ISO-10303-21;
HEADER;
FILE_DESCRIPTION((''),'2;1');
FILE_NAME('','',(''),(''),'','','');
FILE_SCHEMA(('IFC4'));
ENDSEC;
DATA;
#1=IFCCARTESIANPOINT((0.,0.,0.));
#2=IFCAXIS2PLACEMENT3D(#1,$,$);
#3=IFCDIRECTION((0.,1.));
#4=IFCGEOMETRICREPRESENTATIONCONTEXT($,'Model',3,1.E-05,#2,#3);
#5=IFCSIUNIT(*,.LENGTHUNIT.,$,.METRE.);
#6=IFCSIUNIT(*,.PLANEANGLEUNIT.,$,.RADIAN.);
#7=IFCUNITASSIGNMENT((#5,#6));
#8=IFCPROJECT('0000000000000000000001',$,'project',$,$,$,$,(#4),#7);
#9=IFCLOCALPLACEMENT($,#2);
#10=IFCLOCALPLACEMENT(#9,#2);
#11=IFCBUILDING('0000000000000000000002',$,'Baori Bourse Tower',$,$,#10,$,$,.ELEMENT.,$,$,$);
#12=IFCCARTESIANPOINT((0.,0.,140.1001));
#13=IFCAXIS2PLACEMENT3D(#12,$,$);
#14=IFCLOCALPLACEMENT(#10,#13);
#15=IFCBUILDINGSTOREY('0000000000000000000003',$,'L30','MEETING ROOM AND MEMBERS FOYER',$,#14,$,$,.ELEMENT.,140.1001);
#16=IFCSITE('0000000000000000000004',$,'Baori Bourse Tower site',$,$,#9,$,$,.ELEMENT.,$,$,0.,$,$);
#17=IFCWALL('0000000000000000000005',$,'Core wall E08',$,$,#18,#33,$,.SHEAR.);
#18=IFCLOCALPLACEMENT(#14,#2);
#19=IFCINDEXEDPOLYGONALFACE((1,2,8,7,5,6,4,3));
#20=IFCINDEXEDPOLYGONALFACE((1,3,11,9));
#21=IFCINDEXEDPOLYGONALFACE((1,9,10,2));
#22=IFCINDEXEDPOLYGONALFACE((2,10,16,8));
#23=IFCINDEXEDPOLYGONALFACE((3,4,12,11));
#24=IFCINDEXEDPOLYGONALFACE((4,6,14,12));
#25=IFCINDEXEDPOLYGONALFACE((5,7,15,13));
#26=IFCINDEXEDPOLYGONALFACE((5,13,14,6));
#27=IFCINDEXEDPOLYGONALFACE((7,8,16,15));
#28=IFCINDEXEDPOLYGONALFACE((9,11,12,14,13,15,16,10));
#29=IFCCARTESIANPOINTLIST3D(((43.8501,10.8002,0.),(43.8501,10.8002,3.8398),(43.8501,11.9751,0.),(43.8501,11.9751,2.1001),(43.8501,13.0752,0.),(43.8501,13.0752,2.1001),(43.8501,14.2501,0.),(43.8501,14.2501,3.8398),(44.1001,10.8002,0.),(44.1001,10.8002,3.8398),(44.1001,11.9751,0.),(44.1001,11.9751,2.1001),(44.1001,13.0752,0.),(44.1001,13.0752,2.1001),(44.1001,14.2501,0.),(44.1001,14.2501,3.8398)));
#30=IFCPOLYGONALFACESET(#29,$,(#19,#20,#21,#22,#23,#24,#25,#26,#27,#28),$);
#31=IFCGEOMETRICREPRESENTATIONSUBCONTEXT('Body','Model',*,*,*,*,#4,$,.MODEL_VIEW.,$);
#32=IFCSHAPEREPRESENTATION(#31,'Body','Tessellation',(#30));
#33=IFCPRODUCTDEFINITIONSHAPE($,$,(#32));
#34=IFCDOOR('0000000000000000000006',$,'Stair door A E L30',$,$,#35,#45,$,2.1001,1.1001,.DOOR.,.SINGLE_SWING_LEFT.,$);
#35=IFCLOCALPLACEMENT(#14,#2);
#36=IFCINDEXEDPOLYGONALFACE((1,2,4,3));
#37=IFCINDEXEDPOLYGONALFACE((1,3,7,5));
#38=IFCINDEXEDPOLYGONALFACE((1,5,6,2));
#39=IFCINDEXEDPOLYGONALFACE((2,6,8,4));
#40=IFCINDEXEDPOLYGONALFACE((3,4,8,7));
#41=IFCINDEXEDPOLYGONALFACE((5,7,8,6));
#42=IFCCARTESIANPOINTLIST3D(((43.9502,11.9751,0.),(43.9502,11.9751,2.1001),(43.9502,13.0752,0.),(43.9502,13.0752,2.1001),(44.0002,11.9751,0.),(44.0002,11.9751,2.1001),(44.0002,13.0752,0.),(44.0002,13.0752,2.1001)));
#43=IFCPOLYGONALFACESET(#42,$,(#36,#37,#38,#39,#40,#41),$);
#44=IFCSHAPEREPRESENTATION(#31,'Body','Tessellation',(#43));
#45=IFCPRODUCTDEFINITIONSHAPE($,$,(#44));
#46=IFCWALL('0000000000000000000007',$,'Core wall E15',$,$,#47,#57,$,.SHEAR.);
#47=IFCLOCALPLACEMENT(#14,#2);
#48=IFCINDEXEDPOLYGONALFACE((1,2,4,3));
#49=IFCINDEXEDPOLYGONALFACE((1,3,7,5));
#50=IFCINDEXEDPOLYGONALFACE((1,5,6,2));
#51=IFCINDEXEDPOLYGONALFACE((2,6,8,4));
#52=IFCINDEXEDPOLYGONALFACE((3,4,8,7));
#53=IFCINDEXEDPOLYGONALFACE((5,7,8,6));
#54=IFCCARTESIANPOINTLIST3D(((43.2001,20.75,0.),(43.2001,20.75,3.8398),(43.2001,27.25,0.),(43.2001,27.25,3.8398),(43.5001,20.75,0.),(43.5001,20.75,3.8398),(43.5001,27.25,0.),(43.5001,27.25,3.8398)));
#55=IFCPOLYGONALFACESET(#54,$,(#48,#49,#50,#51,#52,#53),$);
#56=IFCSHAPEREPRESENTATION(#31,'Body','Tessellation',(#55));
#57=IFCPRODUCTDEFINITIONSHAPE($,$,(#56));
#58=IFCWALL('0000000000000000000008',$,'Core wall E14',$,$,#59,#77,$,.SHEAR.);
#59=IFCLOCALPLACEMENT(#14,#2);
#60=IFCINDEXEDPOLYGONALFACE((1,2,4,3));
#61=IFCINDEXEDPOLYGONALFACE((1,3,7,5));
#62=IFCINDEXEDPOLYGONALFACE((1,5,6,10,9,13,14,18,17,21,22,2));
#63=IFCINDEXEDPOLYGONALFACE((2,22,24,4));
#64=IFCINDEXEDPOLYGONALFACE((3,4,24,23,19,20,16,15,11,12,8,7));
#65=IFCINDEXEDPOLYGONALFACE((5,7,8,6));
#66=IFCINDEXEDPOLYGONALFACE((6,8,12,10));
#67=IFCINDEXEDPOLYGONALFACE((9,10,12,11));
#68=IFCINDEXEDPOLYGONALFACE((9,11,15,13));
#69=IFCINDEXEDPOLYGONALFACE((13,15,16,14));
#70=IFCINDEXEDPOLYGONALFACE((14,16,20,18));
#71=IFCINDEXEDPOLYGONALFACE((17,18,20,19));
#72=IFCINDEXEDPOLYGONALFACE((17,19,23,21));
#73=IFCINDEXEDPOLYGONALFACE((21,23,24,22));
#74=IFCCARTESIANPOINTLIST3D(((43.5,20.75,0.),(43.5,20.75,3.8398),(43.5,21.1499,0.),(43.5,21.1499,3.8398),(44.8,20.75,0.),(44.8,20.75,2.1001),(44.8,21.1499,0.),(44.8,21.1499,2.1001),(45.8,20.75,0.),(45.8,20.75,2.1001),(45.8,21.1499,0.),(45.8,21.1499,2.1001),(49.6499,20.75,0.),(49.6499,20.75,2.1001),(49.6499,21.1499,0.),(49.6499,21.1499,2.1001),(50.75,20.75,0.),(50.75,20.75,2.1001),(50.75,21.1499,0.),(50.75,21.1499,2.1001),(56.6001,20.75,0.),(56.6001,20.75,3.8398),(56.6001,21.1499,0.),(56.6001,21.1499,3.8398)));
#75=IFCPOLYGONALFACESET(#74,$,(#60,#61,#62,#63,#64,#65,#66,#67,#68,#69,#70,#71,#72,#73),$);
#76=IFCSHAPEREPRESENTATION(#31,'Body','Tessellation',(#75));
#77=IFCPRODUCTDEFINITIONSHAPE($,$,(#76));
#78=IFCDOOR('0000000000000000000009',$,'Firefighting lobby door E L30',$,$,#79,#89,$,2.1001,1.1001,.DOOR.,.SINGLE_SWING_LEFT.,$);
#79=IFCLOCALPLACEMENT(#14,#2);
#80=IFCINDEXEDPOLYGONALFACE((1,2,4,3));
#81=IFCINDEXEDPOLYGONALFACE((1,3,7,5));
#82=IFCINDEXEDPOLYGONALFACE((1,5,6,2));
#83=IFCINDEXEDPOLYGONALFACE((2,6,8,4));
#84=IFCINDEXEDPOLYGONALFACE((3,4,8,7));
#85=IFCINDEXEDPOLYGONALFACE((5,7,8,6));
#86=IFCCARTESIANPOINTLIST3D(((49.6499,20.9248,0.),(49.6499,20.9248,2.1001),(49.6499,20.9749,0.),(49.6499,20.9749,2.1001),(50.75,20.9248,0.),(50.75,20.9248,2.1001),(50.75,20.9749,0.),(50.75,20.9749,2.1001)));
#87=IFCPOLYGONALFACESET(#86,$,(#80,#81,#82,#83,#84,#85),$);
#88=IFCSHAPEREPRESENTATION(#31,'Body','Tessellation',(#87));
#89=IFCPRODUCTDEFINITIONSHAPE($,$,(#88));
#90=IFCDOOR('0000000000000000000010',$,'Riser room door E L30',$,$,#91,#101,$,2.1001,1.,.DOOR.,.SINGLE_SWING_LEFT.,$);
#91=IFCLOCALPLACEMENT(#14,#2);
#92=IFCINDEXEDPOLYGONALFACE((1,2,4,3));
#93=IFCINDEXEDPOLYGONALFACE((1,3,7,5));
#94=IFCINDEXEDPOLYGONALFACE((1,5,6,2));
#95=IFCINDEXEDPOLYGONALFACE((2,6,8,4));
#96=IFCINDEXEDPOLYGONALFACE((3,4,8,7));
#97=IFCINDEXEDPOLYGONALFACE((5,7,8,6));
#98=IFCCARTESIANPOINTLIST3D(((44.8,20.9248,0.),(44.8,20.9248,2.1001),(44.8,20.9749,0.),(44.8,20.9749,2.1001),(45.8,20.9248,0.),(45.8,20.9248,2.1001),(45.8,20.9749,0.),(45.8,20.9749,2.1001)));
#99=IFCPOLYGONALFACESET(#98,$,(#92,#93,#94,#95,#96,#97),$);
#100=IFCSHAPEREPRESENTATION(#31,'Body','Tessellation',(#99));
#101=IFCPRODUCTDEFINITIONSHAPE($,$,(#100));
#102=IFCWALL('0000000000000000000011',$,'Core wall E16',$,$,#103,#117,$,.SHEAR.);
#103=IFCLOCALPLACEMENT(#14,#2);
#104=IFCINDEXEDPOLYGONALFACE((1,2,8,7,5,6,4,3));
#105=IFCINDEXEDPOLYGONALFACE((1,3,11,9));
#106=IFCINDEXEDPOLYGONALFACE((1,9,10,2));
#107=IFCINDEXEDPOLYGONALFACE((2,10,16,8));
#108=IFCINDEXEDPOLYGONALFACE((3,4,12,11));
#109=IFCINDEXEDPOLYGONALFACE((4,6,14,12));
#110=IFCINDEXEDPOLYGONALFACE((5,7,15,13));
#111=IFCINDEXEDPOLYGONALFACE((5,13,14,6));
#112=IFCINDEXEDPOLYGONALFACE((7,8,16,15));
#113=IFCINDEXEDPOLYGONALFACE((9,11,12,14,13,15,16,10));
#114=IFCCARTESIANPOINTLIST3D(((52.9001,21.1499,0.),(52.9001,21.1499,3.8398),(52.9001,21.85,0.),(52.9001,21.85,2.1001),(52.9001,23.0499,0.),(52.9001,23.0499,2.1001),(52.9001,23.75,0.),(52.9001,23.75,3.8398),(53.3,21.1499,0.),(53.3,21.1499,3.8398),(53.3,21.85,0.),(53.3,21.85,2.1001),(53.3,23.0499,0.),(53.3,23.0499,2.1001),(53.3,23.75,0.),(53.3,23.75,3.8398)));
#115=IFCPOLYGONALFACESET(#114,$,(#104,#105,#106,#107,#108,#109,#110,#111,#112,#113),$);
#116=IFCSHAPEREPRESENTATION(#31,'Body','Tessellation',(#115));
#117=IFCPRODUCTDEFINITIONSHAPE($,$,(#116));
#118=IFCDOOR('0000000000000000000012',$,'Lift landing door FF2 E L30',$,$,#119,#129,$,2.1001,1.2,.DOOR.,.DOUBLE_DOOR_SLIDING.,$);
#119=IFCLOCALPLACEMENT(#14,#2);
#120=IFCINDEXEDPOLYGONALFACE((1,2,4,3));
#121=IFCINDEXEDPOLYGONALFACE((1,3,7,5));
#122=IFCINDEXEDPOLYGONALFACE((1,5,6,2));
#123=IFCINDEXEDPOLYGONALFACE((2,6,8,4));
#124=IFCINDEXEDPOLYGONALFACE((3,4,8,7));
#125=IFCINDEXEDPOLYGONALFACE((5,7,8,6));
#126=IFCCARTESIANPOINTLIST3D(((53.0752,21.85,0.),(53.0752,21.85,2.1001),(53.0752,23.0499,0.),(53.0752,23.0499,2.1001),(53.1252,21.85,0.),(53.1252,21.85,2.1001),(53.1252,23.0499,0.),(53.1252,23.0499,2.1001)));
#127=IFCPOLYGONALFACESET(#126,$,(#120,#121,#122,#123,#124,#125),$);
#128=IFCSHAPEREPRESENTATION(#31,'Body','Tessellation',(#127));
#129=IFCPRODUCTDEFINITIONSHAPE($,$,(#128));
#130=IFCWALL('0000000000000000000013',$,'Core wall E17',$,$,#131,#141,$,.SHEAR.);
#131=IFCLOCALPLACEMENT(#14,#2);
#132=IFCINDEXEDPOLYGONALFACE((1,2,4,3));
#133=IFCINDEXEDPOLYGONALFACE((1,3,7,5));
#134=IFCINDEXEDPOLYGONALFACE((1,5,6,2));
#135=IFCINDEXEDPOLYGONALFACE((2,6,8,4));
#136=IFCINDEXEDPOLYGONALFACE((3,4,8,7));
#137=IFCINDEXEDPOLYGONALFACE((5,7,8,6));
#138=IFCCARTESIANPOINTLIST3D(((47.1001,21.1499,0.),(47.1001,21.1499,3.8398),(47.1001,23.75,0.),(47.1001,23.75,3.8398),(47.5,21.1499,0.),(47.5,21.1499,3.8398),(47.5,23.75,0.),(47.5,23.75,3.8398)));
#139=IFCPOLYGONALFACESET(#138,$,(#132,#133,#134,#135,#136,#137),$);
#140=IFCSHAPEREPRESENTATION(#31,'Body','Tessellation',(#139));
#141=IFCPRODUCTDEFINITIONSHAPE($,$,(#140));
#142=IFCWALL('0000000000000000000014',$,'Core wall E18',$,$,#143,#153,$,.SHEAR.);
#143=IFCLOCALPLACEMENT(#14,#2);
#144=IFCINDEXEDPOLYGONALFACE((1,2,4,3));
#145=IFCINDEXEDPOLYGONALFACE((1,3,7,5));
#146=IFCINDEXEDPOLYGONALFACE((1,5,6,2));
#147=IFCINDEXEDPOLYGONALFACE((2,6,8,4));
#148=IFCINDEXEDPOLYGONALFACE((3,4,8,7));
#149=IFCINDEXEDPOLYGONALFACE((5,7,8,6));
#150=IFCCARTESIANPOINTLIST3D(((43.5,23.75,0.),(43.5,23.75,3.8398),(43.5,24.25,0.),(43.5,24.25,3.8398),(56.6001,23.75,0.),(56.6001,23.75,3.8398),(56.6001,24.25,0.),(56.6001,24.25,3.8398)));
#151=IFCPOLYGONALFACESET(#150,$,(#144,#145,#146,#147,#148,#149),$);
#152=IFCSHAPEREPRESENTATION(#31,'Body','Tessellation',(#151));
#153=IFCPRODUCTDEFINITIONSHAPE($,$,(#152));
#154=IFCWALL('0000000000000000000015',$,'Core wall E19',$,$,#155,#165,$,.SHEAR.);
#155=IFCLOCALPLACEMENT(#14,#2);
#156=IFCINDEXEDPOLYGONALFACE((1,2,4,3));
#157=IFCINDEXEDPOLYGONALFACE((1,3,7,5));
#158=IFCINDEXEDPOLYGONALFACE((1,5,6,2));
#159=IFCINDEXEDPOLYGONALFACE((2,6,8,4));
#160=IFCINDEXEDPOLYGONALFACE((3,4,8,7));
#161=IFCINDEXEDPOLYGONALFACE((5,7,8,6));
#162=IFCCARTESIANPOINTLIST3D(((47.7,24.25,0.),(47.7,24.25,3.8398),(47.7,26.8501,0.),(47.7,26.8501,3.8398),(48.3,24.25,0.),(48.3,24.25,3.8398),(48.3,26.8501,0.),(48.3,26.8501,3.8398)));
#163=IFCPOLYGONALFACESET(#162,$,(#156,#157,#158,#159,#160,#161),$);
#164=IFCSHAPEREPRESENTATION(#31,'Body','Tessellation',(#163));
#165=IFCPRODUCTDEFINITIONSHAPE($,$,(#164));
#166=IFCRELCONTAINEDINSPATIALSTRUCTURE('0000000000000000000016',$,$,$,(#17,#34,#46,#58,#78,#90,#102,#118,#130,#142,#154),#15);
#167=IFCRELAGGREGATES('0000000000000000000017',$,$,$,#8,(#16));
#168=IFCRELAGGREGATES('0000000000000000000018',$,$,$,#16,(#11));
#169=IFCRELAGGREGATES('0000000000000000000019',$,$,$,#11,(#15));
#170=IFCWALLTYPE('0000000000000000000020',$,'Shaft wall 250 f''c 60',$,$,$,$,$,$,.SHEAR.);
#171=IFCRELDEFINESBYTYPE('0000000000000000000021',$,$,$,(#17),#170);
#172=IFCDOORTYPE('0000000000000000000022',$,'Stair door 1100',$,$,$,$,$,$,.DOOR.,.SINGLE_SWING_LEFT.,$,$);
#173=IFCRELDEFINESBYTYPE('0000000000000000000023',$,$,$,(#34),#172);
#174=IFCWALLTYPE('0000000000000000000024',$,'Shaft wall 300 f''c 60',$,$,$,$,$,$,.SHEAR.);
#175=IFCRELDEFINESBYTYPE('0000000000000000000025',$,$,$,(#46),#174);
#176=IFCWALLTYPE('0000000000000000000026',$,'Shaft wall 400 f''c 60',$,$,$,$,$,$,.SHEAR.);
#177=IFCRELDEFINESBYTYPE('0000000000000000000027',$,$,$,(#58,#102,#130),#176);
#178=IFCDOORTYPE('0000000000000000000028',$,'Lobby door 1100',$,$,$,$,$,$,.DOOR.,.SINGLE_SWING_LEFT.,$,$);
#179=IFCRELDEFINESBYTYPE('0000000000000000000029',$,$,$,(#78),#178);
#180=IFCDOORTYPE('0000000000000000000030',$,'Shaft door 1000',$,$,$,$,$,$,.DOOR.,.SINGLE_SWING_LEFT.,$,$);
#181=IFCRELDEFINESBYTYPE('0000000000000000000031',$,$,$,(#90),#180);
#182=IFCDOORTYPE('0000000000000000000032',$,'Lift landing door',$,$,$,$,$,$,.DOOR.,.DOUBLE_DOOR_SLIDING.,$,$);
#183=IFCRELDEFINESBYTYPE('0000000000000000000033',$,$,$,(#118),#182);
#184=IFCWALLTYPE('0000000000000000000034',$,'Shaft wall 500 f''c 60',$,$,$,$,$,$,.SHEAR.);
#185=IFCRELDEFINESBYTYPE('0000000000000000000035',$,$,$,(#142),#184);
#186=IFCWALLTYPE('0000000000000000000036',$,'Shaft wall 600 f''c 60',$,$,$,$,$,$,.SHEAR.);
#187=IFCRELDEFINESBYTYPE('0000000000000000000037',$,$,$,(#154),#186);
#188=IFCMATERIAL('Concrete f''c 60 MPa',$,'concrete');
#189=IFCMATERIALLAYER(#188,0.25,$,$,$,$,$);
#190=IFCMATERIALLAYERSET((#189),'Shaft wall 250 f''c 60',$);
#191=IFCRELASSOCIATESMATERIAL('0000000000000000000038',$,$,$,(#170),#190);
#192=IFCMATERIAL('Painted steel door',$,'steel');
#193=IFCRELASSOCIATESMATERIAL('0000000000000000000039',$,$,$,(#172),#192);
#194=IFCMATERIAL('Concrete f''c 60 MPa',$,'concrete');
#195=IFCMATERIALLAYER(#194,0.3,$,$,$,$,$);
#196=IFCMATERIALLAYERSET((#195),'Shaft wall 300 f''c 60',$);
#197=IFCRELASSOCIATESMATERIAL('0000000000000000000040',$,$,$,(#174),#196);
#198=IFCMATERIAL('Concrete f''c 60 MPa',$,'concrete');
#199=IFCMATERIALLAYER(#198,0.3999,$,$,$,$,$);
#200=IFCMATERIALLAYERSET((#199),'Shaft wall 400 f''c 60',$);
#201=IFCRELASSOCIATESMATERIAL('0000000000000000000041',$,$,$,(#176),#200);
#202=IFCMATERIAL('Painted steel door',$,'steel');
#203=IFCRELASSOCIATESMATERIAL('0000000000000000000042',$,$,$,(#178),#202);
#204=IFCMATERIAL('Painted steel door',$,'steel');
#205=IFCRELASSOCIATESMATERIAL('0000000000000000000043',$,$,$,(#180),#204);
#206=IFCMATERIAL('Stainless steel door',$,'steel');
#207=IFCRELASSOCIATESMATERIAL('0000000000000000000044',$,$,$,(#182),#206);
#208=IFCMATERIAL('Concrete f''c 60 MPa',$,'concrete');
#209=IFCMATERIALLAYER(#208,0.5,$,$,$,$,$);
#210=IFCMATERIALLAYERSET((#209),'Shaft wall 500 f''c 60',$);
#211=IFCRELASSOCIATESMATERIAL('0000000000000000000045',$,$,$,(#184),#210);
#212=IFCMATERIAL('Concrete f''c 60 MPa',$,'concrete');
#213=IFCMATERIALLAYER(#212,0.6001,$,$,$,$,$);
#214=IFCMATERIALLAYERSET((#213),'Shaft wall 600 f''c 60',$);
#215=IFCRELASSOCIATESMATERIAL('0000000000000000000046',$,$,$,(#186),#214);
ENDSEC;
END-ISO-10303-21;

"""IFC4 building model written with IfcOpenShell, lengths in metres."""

from ifc_helpers import new_model, si_unit, direction, frame, frame_2d, origin, place, context, subcontext, project, spatial, rectangle, extrude, material, layer, layer_set, type_object, element, fill, save


model = new_model("IFC4")

# Units and contexts
model_context = context("Model", 3, precision=1e-05, world=origin(), true_north=direction((0.0, 1.0)))
body_context = subcontext(model_context, "Body", "Model", "MODEL_VIEW")
ifc_project = project(units=[si_unit("LENGTHUNIT", "METRE"), si_unit("PLANEANGLEUNIT", "RADIAN")], contexts=[model_context])

# Site, building, storey
site_placement = place(None, origin())
site = spatial("IfcSite", under=ifc_project, at=site_placement, Name="Baori Bourse Tower site", CompositionType="ELEMENT", RefElevation=0.0)
building_placement = place(site_placement, origin())
building = spatial("IfcBuilding", under=site, at=building_placement, Name="Baori Bourse Tower", CompositionType="ELEMENT")
storey_placement = place(building_placement, frame((0.0, 0.0, 140.1001)))
storey = spatial("IfcBuildingStorey", under=building, at=storey_placement, Name="L30", Description="MEETING ROOM AND MEMBERS FOYER", CompositionType="ELEMENT", Elevation=140.1001)

# Wall, opening, door
ifc_material_1 = material(Name="Concrete f'c 60 MPa", Category="concrete")
ifc_layer_1 = layer(ifc_material_1, 0.25)
ifc_layer_set_1 = layer_set([ifc_layer_1], Name="Shaft wall 250 f'c 60")
wall_type_1 = type_object("IfcWallType", Name="Shaft wall 250 f'c 60", PredefinedType="SHEAR", material=ifc_layer_set_1)
wall_1_placement = place(storey_placement, frame((43.9751, 10.8, 0.0), z_axis=(0.0, 0.0, 1.0), x_axis=(0.0, 1.0, 0.0)))
wall_1 = element("IfcWall", 1, at=wall_1_placement, inside=storey, type_object=wall_type_1, Name="Core wall E08", PredefinedType="SHEAR", context=body_context, shape_type="SweptSolid", body=[
    extrude(rectangle(XDim=3.45, YDim=0.25, at=frame_2d((1.7251, 0.0))), origin(), (0.0, 0.0, 1.0), 3.8398),
])
opening_1_placement = place(wall_1_placement, frame((1.175, 0.0, 0.0)))
opening_1 = element("IfcOpeningElement", 2, at=opening_1_placement, cuts=wall_1, PredefinedType="OPENING", context=body_context, shape_type="SweptSolid", body=[
    extrude(rectangle(XDim=1.1001, YDim=2.1001, at=frame_2d((0.55, 1.05))), frame((0.0, 0.135, 0.0), z_axis=(0.0, -1.0, 0.0), x_axis=(1.0, 0.0, 0.0)), (0.0, 0.0, 1.0), 0.27),
])
ifc_material_2 = material(Name="Painted steel door", Category="steel")
door_type_1 = type_object("IfcDoorType", Name="Stair door 1100", OperationType="SINGLE_SWING_LEFT", PredefinedType="DOOR", material=ifc_material_2)
door_1_placement = place(opening_1_placement, origin())
door_1 = element("IfcDoor", 3, at=door_1_placement, inside=storey, type_object=door_type_1, Name="Stair door A E L30", OperationType="SINGLE_SWING_LEFT", OverallHeight=2.1001, OverallWidth=1.1001, PredefinedType="DOOR", context=body_context, shape_type="SweptSolid", body=[
    extrude(rectangle(XDim=1.1001, YDim=2.1001, at=frame_2d((0.55, 1.05))), frame((0.0, 0.0249, 0.0), z_axis=(0.0, -1.0, 0.0), x_axis=(1.0, 0.0, 0.0)), (0.0, 0.0, 1.0), 0.05),
])
fill(opening_1, door_1)

# Wall
ifc_material_3 = material(Name="Concrete f'c 60 MPa", Category="concrete")
ifc_layer_2 = layer(ifc_material_3, 0.3)
ifc_layer_set_2 = layer_set([ifc_layer_2], Name="Shaft wall 300 f'c 60")
wall_type_2 = type_object("IfcWallType", Name="Shaft wall 300 f'c 60", PredefinedType="SHEAR", material=ifc_layer_set_2)
wall_2_placement = place(storey_placement, frame((43.3501, 20.75, 0.0), z_axis=(0.0, 0.0, 1.0), x_axis=(0.0, 1.0, 0.0)))
element("IfcWall", 4, at=wall_2_placement, inside=storey, type_object=wall_type_2, Name="Core wall E15", PredefinedType="SHEAR", context=body_context, shape_type="SweptSolid", body=[
    extrude(rectangle(XDim=6.5, YDim=0.3, at=frame_2d((3.25, 0.0))), origin(), (0.0, 0.0, 1.0), 3.8398),
])

# Wall, openings, doors
ifc_material_4 = material(Name="Concrete f'c 60 MPa", Category="concrete")
ifc_layer_3 = layer(ifc_material_4, 0.3999)
ifc_layer_set_3 = layer_set([ifc_layer_3], Name="Shaft wall 400 f'c 60")
wall_type_3 = type_object("IfcWallType", Name="Shaft wall 400 f'c 60", PredefinedType="SHEAR", material=ifc_layer_set_3)
wall_3_placement = place(storey_placement, frame((43.5, 20.95, 0.0), z_axis=(0.0, 0.0, 1.0), x_axis=(1.0, 0.0, 0.0)))
wall_3 = element("IfcWall", 5, at=wall_3_placement, inside=storey, type_object=wall_type_3, Name="Core wall E14", PredefinedType="SHEAR", context=body_context, shape_type="SweptSolid", body=[
    extrude(rectangle(XDim=13.1001, YDim=0.3999, at=frame_2d((6.55, 0.0))), origin(), (0.0, 0.0, 1.0), 3.8398),
])
opening_2_placement = place(wall_3_placement, frame((6.1499, 0.0, 0.0)))
opening_2 = element("IfcOpeningElement", 6, at=opening_2_placement, cuts=wall_3, PredefinedType="OPENING", context=body_context, shape_type="SweptSolid", body=[
    extrude(rectangle(XDim=1.1001, YDim=2.1001, at=frame_2d((0.55, 1.05))), frame((0.0, 0.21, 0.0), z_axis=(0.0, -1.0, 0.0), x_axis=(1.0, 0.0, 0.0)), (0.0, 0.0, 1.0), 0.4199),
])
opening_3_placement = place(wall_3_placement, frame((1.3, 0.0, 0.0)))
opening_3 = element("IfcOpeningElement", 7, at=opening_3_placement, cuts=wall_3, PredefinedType="OPENING", context=body_context, shape_type="SweptSolid", body=[
    extrude(rectangle(XDim=1.0, YDim=2.1001, at=frame_2d((0.5, 1.05))), frame((0.0, 0.21, 0.0), z_axis=(0.0, -1.0, 0.0), x_axis=(1.0, 0.0, 0.0)), (0.0, 0.0, 1.0), 0.4199),
])
ifc_material_5 = material(Name="Painted steel door", Category="steel")
door_type_2 = type_object("IfcDoorType", Name="Lobby door 1100", OperationType="SINGLE_SWING_LEFT", PredefinedType="DOOR", material=ifc_material_5)
door_2_placement = place(opening_2_placement, origin())
door_2 = element("IfcDoor", 8, at=door_2_placement, inside=storey, type_object=door_type_2, Name="Firefighting lobby door E L30", OperationType="SINGLE_SWING_LEFT", OverallHeight=2.1001, OverallWidth=1.1001, PredefinedType="DOOR", context=body_context, shape_type="SweptSolid", body=[
    extrude(rectangle(XDim=1.1001, YDim=2.1001, at=frame_2d((0.55, 1.05))), frame((0.0, 0.0249, 0.0), z_axis=(0.0, -1.0, 0.0), x_axis=(1.0, 0.0, 0.0)), (0.0, 0.0, 1.0), 0.05),
])
fill(opening_2, door_2)
ifc_material_6 = material(Name="Painted steel door", Category="steel")
door_type_3 = type_object("IfcDoorType", Name="Shaft door 1000", OperationType="SINGLE_SWING_LEFT", PredefinedType="DOOR", material=ifc_material_6)
door_3_placement = place(opening_3_placement, origin())
door_3 = element("IfcDoor", 9, at=door_3_placement, inside=storey, type_object=door_type_3, Name="Riser room door E L30", OperationType="SINGLE_SWING_LEFT", OverallHeight=2.1001, OverallWidth=1.0, PredefinedType="DOOR", context=body_context, shape_type="SweptSolid", body=[
    extrude(rectangle(XDim=1.0, YDim=2.1001, at=frame_2d((0.5, 1.05))), frame((0.0, 0.0249, 0.0), z_axis=(0.0, -1.0, 0.0), x_axis=(1.0, 0.0, 0.0)), (0.0, 0.0, 1.0), 0.05),
])
fill(opening_3, door_3)

# Wall, opening, door
wall_4_placement = place(storey_placement, frame((53.1001, 21.1499, 0.0), z_axis=(0.0, 0.0, 1.0), x_axis=(0.0, 1.0, 0.0)))
wall_4 = element("IfcWall", 10, at=wall_4_placement, inside=storey, type_object=wall_type_3, Name="Core wall E16", PredefinedType="SHEAR", context=body_context, shape_type="SweptSolid", body=[
    extrude(rectangle(XDim=2.6001, YDim=0.3999, at=frame_2d((1.3, 0.0))), origin(), (0.0, 0.0, 1.0), 3.8398),
])
opening_4_placement = place(wall_4_placement, frame((0.7, 0.0, 0.0)))
opening_4 = element("IfcOpeningElement", 11, at=opening_4_placement, cuts=wall_4, PredefinedType="OPENING", context=body_context, shape_type="SweptSolid", body=[
    extrude(rectangle(XDim=1.2, YDim=2.1001, at=frame_2d((0.6001, 1.05))), frame((0.0, 0.21, 0.0), z_axis=(0.0, -1.0, 0.0), x_axis=(1.0, 0.0, 0.0)), (0.0, 0.0, 1.0), 0.4199),
])
ifc_material_7 = material(Name="Stainless steel door", Category="steel")
door_type_4 = type_object("IfcDoorType", Name="Lift landing door", OperationType="DOUBLE_DOOR_SLIDING", PredefinedType="DOOR", material=ifc_material_7)
door_4_placement = place(opening_4_placement, origin())
door_4 = element("IfcDoor", 12, at=door_4_placement, inside=storey, type_object=door_type_4, Name="Lift landing door FF2 E L30", OperationType="DOUBLE_DOOR_SLIDING", OverallHeight=2.1001, OverallWidth=1.2, PredefinedType="DOOR", context=body_context, shape_type="SweptSolid", body=[
    extrude(rectangle(XDim=1.2, YDim=2.1001, at=frame_2d((0.6001, 1.05))), frame((0.0, 0.0249, 0.0), z_axis=(0.0, -1.0, 0.0), x_axis=(1.0, 0.0, 0.0)), (0.0, 0.0, 1.0), 0.05),
])
fill(opening_4, door_4)

# Walls
wall_5_placement = place(storey_placement, frame((47.3, 21.1499, 0.0), z_axis=(0.0, 0.0, 1.0), x_axis=(0.0, 1.0, 0.0)))
element("IfcWall", 13, at=wall_5_placement, inside=storey, type_object=wall_type_3, Name="Core wall E17", PredefinedType="SHEAR", context=body_context, shape_type="SweptSolid", body=[
    extrude(rectangle(XDim=2.6001, YDim=0.3999, at=frame_2d((1.3, 0.0))), origin(), (0.0, 0.0, 1.0), 3.8398),
])
ifc_material_8 = material(Name="Concrete f'c 60 MPa", Category="concrete")
ifc_layer_4 = layer(ifc_material_8, 0.5)
ifc_layer_set_4 = layer_set([ifc_layer_4], Name="Shaft wall 500 f'c 60")
wall_type_4 = type_object("IfcWallType", Name="Shaft wall 500 f'c 60", PredefinedType="SHEAR", material=ifc_layer_set_4)
wall_6_placement = place(storey_placement, frame((43.5, 24.0, 0.0), z_axis=(0.0, 0.0, 1.0), x_axis=(1.0, 0.0, 0.0)))
element("IfcWall", 14, at=wall_6_placement, inside=storey, type_object=wall_type_4, Name="Core wall E18", PredefinedType="SHEAR", context=body_context, shape_type="SweptSolid", body=[
    extrude(rectangle(XDim=13.1001, YDim=0.5, at=frame_2d((6.55, 0.0))), origin(), (0.0, 0.0, 1.0), 3.8398),
])
ifc_material_9 = material(Name="Concrete f'c 60 MPa", Category="concrete")
ifc_layer_5 = layer(ifc_material_9, 0.6001)
ifc_layer_set_5 = layer_set([ifc_layer_5], Name="Shaft wall 600 f'c 60")
wall_type_5 = type_object("IfcWallType", Name="Shaft wall 600 f'c 60", PredefinedType="SHEAR", material=ifc_layer_set_5)
wall_7_placement = place(storey_placement, frame((48.0, 24.25, 0.0), z_axis=(0.0, 0.0, 1.0), x_axis=(0.0, 1.0, 0.0)))
element("IfcWall", 15, at=wall_7_placement, inside=storey, type_object=wall_type_5, Name="Core wall E19", PredefinedType="SHEAR", context=body_context, shape_type="SweptSolid", body=[
    extrude(rectangle(XDim=2.6001, YDim=0.6001, at=frame_2d((1.3, 0.0))), origin(), (0.0, 0.0, 1.0), 3.8398),
])

save(model, "model.ifc")
